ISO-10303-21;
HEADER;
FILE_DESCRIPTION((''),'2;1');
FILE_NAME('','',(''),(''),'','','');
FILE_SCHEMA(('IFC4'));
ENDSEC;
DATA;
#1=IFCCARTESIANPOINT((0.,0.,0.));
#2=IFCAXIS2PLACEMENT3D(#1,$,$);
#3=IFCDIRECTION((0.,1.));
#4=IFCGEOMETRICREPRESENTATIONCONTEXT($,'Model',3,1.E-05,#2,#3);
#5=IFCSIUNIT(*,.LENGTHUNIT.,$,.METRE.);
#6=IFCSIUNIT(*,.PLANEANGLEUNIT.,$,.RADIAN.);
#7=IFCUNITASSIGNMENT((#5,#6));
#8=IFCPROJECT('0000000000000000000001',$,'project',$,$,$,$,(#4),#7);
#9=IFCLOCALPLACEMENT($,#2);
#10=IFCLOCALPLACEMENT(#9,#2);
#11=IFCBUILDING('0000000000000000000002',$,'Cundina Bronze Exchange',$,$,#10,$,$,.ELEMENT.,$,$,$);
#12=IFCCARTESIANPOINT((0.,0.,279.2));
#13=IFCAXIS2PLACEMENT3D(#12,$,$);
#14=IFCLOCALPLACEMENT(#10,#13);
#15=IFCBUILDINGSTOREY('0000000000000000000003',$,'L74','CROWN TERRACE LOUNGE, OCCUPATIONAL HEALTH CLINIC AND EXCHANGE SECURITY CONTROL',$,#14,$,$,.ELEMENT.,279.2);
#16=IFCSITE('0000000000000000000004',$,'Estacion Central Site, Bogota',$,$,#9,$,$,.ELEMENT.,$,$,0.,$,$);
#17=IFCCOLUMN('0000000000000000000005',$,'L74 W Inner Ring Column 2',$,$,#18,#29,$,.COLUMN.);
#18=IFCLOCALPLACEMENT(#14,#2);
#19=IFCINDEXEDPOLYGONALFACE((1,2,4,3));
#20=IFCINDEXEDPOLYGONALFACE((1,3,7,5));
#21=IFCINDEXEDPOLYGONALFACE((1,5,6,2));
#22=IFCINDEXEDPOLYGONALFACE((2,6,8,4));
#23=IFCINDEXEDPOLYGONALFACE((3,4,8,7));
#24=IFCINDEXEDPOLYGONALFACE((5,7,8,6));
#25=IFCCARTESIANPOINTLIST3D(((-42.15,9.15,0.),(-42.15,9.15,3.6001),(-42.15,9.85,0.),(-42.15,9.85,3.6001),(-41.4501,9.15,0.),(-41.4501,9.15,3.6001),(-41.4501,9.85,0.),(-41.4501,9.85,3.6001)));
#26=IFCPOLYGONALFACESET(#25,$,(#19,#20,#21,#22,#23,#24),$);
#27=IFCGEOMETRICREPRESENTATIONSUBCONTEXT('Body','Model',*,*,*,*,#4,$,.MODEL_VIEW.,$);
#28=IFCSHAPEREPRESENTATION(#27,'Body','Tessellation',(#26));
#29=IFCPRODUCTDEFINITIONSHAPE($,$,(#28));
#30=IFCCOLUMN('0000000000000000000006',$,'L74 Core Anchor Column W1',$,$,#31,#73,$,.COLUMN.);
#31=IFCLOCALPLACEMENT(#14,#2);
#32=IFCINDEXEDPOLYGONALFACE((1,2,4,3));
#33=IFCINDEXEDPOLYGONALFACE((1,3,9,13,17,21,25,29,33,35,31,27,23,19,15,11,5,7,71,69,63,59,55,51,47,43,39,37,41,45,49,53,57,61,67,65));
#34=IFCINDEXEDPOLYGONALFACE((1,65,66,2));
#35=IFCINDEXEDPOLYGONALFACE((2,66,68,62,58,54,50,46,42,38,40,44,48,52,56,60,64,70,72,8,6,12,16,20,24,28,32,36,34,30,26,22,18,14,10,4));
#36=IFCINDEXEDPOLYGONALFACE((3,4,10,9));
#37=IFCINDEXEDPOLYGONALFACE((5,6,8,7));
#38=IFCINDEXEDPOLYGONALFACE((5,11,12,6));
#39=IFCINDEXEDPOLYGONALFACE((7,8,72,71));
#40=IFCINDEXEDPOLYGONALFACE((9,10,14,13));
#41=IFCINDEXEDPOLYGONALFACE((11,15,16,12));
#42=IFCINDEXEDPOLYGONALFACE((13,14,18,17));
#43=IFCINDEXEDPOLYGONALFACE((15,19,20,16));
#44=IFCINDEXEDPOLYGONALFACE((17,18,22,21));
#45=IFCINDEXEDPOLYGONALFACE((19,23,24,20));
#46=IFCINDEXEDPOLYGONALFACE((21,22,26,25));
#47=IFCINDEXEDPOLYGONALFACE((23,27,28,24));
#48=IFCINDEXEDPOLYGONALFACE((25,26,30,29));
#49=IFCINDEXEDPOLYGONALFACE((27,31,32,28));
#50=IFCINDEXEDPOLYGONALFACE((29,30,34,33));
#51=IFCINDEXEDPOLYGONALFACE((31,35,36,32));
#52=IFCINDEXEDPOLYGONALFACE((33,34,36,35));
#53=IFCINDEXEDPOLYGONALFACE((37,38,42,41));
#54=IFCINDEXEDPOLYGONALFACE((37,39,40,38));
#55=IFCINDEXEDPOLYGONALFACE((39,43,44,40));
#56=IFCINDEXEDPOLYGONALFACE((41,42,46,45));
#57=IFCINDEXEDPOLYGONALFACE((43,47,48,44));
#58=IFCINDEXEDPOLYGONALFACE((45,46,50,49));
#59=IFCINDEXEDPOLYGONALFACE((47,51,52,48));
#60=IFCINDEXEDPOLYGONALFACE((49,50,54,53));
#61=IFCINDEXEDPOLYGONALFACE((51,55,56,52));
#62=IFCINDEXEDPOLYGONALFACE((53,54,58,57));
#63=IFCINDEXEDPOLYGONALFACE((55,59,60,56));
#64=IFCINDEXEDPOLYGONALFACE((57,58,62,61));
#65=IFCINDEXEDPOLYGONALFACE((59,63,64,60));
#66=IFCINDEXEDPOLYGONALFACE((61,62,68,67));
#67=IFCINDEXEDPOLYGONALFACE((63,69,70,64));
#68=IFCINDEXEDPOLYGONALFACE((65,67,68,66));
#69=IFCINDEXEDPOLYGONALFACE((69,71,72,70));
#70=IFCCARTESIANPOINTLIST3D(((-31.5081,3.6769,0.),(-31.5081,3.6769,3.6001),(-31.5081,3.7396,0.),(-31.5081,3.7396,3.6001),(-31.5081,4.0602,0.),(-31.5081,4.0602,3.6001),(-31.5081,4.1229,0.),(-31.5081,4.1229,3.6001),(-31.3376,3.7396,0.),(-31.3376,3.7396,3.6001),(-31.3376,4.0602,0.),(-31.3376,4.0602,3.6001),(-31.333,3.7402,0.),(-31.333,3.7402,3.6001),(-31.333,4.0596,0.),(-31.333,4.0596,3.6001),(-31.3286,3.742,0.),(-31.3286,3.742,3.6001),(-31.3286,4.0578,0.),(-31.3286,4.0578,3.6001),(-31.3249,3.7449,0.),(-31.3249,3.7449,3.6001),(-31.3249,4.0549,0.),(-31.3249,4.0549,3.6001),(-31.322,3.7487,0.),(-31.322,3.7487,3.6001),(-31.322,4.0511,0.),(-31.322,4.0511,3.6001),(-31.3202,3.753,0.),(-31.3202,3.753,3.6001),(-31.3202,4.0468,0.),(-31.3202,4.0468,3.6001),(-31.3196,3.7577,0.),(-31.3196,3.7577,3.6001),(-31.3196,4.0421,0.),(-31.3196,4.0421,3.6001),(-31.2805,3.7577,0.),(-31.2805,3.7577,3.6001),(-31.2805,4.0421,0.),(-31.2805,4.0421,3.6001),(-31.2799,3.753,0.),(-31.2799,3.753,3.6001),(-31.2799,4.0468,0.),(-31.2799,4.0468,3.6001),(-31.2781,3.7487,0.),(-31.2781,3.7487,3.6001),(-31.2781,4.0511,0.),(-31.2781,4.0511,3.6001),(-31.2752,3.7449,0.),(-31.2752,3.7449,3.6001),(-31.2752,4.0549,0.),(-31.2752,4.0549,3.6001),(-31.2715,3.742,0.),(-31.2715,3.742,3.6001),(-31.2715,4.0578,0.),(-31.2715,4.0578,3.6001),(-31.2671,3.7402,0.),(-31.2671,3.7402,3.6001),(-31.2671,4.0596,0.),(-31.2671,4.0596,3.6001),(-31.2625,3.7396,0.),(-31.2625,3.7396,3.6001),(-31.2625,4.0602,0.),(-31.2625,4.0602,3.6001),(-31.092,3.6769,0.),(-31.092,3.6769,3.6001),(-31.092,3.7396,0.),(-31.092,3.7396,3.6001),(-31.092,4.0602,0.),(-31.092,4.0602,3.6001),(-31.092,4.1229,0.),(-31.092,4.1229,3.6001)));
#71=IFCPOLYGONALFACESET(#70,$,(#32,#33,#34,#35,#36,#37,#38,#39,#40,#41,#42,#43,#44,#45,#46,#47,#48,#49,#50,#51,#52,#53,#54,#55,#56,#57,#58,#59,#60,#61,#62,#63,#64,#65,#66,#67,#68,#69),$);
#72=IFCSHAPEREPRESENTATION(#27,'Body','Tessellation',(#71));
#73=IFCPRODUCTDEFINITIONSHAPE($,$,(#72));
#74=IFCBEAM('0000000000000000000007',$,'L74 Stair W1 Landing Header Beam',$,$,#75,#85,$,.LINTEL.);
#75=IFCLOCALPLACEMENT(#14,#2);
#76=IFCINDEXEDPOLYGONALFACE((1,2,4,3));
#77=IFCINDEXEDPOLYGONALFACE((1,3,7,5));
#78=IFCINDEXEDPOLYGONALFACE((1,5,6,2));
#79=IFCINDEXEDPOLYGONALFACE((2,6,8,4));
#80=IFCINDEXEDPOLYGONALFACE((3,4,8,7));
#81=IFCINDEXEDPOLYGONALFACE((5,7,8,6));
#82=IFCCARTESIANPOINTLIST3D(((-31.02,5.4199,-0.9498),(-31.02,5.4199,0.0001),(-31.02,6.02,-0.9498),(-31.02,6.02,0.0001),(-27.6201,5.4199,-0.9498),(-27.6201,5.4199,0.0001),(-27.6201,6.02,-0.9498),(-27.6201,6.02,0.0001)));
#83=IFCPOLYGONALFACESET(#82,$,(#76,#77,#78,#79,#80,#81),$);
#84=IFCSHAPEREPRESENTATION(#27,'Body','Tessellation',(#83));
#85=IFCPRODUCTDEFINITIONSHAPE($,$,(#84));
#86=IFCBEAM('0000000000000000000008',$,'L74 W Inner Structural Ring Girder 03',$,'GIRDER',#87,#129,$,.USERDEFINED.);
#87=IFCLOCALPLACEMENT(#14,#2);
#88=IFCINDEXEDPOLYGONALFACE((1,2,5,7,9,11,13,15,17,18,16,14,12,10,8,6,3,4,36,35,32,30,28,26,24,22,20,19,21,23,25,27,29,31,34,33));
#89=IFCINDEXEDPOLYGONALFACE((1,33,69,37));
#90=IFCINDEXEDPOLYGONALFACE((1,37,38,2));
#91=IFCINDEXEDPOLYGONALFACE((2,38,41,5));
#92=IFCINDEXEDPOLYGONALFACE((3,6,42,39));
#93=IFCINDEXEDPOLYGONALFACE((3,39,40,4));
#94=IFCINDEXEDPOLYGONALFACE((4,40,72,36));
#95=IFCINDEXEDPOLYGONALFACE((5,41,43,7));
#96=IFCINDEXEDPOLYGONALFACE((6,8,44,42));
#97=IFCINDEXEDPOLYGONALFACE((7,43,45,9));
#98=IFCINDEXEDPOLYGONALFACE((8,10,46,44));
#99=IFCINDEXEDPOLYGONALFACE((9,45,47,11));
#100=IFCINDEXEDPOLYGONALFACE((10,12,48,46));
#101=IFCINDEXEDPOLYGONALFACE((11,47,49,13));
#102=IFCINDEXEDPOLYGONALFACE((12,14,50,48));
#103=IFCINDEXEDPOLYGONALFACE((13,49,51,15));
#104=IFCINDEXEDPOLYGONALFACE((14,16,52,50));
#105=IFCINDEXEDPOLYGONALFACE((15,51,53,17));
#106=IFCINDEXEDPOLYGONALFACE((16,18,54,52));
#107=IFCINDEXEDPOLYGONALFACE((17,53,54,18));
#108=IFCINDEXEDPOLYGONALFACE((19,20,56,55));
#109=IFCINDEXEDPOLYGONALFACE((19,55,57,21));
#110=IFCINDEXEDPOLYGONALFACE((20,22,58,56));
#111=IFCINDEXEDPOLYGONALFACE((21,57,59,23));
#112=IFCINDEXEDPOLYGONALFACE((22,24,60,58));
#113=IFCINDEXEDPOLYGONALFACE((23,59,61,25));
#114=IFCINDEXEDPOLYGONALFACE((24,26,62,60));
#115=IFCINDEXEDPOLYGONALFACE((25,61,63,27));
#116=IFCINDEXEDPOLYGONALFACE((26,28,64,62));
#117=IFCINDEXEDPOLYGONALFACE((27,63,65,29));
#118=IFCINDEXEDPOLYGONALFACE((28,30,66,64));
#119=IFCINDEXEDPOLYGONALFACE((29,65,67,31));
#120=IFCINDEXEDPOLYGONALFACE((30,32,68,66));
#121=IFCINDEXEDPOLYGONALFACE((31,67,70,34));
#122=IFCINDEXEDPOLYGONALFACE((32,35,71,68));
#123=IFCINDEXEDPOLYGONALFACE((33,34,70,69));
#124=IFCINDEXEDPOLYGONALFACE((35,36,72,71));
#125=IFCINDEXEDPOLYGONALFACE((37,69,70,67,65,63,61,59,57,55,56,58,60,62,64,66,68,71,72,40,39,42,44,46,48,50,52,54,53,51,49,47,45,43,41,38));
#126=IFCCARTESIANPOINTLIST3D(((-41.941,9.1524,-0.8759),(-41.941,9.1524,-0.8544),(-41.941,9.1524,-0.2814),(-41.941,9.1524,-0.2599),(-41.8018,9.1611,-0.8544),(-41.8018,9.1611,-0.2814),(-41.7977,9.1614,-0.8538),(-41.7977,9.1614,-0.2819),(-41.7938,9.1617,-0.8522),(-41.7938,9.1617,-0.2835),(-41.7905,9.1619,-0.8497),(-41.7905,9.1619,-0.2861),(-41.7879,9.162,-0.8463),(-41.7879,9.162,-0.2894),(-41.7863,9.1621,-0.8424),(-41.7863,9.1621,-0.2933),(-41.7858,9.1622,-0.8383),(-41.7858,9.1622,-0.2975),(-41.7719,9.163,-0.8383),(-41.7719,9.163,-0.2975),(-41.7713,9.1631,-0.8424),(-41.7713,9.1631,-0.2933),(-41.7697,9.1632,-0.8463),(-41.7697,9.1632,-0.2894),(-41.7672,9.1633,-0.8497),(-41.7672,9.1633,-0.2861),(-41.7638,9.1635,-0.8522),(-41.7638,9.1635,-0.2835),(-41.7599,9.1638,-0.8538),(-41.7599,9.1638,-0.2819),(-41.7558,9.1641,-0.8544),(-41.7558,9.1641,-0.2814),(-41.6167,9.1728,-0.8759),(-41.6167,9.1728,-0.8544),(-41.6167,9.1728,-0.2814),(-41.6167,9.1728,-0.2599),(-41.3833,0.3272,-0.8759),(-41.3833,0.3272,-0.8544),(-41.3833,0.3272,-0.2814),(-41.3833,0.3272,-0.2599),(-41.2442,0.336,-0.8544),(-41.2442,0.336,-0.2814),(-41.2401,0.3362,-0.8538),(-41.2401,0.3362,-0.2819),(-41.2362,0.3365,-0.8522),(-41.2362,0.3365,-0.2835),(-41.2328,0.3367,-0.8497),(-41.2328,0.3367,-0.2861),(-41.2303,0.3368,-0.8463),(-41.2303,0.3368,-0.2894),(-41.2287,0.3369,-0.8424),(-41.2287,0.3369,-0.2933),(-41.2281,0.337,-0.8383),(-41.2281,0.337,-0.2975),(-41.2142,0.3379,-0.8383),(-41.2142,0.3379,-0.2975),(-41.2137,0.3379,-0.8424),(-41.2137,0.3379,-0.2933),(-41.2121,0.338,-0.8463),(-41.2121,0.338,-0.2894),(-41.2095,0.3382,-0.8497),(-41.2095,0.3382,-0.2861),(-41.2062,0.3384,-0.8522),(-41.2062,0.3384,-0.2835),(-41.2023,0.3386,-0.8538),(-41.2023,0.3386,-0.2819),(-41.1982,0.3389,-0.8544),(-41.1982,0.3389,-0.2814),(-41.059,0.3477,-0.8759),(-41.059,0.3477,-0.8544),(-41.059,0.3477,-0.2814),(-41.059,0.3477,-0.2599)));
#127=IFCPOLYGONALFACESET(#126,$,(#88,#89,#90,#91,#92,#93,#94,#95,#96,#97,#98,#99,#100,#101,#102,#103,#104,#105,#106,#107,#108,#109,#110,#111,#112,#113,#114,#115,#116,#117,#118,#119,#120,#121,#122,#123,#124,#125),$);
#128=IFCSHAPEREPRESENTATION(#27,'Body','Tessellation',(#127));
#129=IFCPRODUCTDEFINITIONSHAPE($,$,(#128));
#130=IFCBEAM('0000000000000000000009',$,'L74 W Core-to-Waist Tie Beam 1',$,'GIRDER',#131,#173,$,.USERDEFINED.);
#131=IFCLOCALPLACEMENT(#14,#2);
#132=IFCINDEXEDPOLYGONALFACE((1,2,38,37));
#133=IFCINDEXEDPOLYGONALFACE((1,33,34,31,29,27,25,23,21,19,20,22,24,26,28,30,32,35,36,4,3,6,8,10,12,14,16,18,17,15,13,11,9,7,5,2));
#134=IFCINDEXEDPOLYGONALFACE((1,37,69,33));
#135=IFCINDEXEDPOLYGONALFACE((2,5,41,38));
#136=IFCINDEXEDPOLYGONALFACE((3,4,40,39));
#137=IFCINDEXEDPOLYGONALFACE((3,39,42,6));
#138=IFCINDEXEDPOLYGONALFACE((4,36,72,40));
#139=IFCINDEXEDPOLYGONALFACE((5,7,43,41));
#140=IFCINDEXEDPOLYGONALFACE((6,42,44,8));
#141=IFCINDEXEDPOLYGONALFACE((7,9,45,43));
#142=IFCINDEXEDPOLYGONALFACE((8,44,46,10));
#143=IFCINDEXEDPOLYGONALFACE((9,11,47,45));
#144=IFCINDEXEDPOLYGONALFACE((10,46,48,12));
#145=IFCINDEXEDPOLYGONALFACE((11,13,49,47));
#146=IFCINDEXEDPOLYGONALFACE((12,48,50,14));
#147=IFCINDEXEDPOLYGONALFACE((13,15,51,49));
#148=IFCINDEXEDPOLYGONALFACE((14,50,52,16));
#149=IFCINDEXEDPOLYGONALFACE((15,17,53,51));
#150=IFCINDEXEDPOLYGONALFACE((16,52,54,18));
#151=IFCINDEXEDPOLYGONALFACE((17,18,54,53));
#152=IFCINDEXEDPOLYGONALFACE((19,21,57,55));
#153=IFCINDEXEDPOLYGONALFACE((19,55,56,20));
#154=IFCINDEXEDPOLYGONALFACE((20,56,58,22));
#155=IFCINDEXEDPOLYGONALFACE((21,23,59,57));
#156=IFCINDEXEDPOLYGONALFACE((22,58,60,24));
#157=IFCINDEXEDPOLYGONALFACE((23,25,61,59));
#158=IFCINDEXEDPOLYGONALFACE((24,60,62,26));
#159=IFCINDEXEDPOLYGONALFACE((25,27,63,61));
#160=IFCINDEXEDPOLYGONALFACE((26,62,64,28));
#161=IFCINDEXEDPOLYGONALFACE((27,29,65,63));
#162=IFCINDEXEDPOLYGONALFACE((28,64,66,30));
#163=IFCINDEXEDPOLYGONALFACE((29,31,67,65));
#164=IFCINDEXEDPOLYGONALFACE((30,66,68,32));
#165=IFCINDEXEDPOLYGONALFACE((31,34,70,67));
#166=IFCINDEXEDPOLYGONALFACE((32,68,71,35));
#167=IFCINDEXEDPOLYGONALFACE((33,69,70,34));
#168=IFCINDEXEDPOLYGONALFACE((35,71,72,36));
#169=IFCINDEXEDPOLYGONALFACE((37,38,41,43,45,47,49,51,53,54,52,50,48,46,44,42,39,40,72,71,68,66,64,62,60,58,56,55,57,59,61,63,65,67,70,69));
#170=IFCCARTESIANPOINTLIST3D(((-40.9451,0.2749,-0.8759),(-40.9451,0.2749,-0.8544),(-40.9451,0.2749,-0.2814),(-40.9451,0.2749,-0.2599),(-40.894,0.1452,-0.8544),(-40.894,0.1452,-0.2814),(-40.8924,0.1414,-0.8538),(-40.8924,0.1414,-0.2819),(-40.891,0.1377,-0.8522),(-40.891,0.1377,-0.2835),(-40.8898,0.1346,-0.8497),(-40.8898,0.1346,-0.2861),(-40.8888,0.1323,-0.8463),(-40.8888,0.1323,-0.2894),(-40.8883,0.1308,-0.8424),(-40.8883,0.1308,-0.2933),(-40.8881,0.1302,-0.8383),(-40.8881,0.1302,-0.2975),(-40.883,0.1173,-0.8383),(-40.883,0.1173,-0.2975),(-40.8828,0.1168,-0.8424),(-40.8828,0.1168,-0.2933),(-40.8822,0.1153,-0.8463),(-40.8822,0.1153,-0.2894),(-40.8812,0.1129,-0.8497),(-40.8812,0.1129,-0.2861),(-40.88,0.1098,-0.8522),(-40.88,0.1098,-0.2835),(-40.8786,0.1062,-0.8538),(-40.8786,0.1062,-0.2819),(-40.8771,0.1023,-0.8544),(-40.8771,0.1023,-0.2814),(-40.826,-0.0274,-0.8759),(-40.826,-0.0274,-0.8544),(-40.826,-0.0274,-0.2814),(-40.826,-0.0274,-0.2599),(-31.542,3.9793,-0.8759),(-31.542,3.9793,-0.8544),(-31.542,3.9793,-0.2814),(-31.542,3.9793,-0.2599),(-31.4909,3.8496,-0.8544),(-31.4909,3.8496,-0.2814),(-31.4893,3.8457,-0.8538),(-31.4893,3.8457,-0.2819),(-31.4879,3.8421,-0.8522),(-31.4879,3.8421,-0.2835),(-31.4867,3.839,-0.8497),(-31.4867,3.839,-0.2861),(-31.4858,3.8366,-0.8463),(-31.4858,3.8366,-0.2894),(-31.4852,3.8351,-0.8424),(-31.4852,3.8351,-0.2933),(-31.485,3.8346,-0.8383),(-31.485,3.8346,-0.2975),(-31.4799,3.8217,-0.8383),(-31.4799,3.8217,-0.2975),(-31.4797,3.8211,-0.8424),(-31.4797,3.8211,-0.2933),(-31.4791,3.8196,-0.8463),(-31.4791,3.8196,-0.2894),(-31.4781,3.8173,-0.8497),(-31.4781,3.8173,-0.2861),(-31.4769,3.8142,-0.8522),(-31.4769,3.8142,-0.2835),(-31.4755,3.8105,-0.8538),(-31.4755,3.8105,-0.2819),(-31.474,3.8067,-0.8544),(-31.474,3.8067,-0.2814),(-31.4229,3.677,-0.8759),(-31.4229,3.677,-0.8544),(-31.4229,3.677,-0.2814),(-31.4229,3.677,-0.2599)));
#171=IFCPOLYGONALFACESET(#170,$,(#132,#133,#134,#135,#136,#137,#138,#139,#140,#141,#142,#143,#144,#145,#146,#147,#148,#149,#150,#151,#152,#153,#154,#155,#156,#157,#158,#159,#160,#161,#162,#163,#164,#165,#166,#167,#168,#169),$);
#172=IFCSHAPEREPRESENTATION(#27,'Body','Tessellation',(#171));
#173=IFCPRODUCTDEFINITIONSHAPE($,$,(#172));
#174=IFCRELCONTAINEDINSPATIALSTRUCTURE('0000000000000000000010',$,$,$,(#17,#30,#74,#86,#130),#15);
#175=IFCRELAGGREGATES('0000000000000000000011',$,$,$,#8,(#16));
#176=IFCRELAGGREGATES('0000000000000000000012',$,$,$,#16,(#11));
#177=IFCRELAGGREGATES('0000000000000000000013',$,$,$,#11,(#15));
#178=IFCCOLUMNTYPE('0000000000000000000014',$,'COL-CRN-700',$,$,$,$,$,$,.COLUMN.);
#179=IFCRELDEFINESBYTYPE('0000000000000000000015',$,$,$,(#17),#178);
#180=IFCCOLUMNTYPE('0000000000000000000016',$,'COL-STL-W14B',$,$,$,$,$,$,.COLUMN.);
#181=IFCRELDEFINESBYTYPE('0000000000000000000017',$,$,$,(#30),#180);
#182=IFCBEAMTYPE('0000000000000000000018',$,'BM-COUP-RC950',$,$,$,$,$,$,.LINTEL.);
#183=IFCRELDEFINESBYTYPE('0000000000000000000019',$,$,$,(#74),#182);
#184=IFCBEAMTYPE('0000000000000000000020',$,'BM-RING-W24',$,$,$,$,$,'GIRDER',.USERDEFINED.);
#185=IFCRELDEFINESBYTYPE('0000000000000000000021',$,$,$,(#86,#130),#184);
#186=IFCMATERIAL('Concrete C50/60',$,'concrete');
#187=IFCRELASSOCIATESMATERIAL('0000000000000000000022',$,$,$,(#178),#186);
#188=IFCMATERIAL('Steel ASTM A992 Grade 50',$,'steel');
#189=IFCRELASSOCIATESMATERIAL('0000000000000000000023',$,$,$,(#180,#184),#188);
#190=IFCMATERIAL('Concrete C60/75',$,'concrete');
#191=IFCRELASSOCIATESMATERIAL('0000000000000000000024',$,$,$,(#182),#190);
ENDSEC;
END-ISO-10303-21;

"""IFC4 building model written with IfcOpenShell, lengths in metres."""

from ifc_helpers import new_model, si_unit, direction, frame, origin, origin_2d, place, context, subcontext, project, spatial, rectangle, i_section, extrude, material, material_profile, profile_set, type_object, element, save


model = new_model("IFC4")

# Units and contexts
model_context = context("Model", 3, precision=1e-05, world=origin(), true_north=direction((0.0, 1.0)))
body_context = subcontext(model_context, "Body", "Model", "MODEL_VIEW")
ifc_project = project(units=[si_unit("LENGTHUNIT", "METRE"), si_unit("PLANEANGLEUNIT", "RADIAN")], contexts=[model_context])

# Site, building, storey
site_placement = place(None, origin())
site = spatial("IfcSite", under=ifc_project, at=site_placement, Name="Estacion Central Site, Bogota", CompositionType="ELEMENT", RefElevation=0.0)
building_placement = place(site_placement, origin())
building = spatial("IfcBuilding", under=site, at=building_placement, Name="Cundina Bronze Exchange", CompositionType="ELEMENT")
storey_placement = place(building_placement, frame((0.0, 0.0, 279.2)))
storey = spatial("IfcBuildingStorey", under=building, at=storey_placement, Name="L74", Description="CROWN TERRACE LOUNGE, OCCUPATIONAL HEALTH CLINIC AND EXCHANGE SECURITY CONTROL", CompositionType="ELEMENT", Elevation=279.2)

# Columns
ifc_material_1 = material(Name="Concrete C50/60", Category="concrete")
ifc_material_profile_1 = material_profile(ifc_material_1, rectangle(XDim=0.7, YDim=0.7, at=origin_2d()), Name="RC700X700", Category="concrete")
ifc_profile_set_1 = profile_set([ifc_material_profile_1], Name="Concrete C50/60")
column_type_1 = type_object("IfcColumnType", Name="COL-CRN-700", PredefinedType="COLUMN", material=ifc_profile_set_1)
column_1_placement = place(storey_placement, frame((-41.8, 9.5, 0.0), z_axis=(0.0, 0.0, 1.0), x_axis=(1.0, 0.0, 0.0)))
element("IfcColumn", 1, at=column_1_placement, inside=storey, type_object=column_type_1, Name="L74 W Inner Ring Column 2", PredefinedType="COLUMN", context=body_context, shape_type="SweptSolid", body=[
    extrude(rectangle(XDim=0.7, YDim=0.7, at=origin_2d()), origin(), (0.0, 0.0, 1.0), 3.6001),
])
ifc_material_2 = material(Name="Steel ASTM A992 Grade 50", Category="steel")
ifc_material_profile_2 = material_profile(ifc_material_2, i_section(OverallWidth=0.416, OverallDepth=0.446, WebThickness=0.0391, FlangeThickness=0.0627, FilletRadius=0.0181, at=origin_2d()), Name="W14X342", Category="steel")
ifc_profile_set_2 = profile_set([ifc_material_profile_2], Name="Steel ASTM A992 Grade 50")
column_type_2 = type_object("IfcColumnType", Name="COL-STL-W14B", PredefinedType="COLUMN", material=ifc_profile_set_2)
column_2_placement = place(storey_placement, frame((-31.3, 3.8999, 0.0), z_axis=(0.0, 0.0, 1.0), x_axis=(1.0, 0.0, 0.0)))
element("IfcColumn", 2, at=column_2_placement, inside=storey, type_object=column_type_2, Name="L74 Core Anchor Column W1", PredefinedType="COLUMN", context=body_context, shape_type="SweptSolid", body=[
    extrude(i_section(OverallWidth=0.416, OverallDepth=0.446, WebThickness=0.0391, FlangeThickness=0.0627, FilletRadius=0.0181, at=origin_2d()), origin(), (0.0, 0.0, 1.0), 3.6001),
])

# Beams
ifc_material_3 = material(Name="Concrete C60/75", Category="concrete")
ifc_material_profile_3 = material_profile(ifc_material_3, rectangle(XDim=0.6001, YDim=0.95, at=origin_2d()), Name="RC600X950", Category="concrete")
ifc_profile_set_3 = profile_set([ifc_material_profile_3], Name="Concrete C60/75")
beam_type_1 = type_object("IfcBeamType", Name="BM-COUP-RC950", PredefinedType="LINTEL", material=ifc_profile_set_3)
beam_1_placement = place(storey_placement, frame((-31.02, 5.72, -0.4749), z_axis=(1.0, 0.0, 0.0), x_axis=(0.0, 1.0, 0.0)))
element("IfcBeam", 3, at=beam_1_placement, inside=storey, type_object=beam_type_1, Name="L74 Stair W1 Landing Header Beam", PredefinedType="LINTEL", context=body_context, shape_type="SweptSolid", body=[
    extrude(rectangle(XDim=0.6001, YDim=0.95, at=origin_2d()), origin(), (0.0, 0.0, 1.0), 3.3999),
])
ifc_material_profile_4 = material_profile(ifc_material_2, i_section(OverallWidth=0.325, OverallDepth=0.616, WebThickness=0.0139, FlangeThickness=0.0215, FilletRadius=0.0161, at=origin_2d()), Name="W24X117", Category="steel")
ifc_profile_set_4 = profile_set([ifc_material_profile_4], Name="Steel ASTM A992 Grade 50")
beam_type_2 = type_object("IfcBeamType", Name="BM-RING-W24", ElementType="GIRDER", PredefinedType="USERDEFINED", material=ifc_profile_set_4)
beam_2_placement = place(storey_placement, frame((-41.7788, 9.1626, -0.5679), z_axis=(0.063059, -0.99801, 0.0), x_axis=(0.99801, 0.063059, 0.0)))
element("IfcBeam", 4, at=beam_2_placement, inside=storey, type_object=beam_type_2, Name="L74 W Inner Structural Ring Girder 03", ObjectType="GIRDER", PredefinedType="USERDEFINED", context=body_context, shape_type="SweptSolid", body=[
    extrude(i_section(OverallWidth=0.325, OverallDepth=0.616, WebThickness=0.0139, FlangeThickness=0.0215, FilletRadius=0.0161, at=origin_2d()), origin(), (0.0, 0.0, 1.0), 8.8428),
])
beam_3_placement = place(storey_placement, frame((-31.4824, 3.8281, -0.5679), z_axis=(-0.930405, -0.366533, 0.0), x_axis=(0.366533, -0.930405, 0.0)))
element("IfcBeam", 5, at=beam_3_placement, inside=storey, type_object=beam_type_2, Name="L74 W Core-to-Waist Tie Beam 1", ObjectType="GIRDER", PredefinedType="USERDEFINED", context=body_context, shape_type="SweptSolid", body=[
    extrude(i_section(OverallWidth=0.325, OverallDepth=0.616, WebThickness=0.0139, FlangeThickness=0.0215, FilletRadius=0.0161, at=origin_2d()), origin(), (0.0, 0.0, 1.0), 10.1064),
])

save(model, "model.ifc")
